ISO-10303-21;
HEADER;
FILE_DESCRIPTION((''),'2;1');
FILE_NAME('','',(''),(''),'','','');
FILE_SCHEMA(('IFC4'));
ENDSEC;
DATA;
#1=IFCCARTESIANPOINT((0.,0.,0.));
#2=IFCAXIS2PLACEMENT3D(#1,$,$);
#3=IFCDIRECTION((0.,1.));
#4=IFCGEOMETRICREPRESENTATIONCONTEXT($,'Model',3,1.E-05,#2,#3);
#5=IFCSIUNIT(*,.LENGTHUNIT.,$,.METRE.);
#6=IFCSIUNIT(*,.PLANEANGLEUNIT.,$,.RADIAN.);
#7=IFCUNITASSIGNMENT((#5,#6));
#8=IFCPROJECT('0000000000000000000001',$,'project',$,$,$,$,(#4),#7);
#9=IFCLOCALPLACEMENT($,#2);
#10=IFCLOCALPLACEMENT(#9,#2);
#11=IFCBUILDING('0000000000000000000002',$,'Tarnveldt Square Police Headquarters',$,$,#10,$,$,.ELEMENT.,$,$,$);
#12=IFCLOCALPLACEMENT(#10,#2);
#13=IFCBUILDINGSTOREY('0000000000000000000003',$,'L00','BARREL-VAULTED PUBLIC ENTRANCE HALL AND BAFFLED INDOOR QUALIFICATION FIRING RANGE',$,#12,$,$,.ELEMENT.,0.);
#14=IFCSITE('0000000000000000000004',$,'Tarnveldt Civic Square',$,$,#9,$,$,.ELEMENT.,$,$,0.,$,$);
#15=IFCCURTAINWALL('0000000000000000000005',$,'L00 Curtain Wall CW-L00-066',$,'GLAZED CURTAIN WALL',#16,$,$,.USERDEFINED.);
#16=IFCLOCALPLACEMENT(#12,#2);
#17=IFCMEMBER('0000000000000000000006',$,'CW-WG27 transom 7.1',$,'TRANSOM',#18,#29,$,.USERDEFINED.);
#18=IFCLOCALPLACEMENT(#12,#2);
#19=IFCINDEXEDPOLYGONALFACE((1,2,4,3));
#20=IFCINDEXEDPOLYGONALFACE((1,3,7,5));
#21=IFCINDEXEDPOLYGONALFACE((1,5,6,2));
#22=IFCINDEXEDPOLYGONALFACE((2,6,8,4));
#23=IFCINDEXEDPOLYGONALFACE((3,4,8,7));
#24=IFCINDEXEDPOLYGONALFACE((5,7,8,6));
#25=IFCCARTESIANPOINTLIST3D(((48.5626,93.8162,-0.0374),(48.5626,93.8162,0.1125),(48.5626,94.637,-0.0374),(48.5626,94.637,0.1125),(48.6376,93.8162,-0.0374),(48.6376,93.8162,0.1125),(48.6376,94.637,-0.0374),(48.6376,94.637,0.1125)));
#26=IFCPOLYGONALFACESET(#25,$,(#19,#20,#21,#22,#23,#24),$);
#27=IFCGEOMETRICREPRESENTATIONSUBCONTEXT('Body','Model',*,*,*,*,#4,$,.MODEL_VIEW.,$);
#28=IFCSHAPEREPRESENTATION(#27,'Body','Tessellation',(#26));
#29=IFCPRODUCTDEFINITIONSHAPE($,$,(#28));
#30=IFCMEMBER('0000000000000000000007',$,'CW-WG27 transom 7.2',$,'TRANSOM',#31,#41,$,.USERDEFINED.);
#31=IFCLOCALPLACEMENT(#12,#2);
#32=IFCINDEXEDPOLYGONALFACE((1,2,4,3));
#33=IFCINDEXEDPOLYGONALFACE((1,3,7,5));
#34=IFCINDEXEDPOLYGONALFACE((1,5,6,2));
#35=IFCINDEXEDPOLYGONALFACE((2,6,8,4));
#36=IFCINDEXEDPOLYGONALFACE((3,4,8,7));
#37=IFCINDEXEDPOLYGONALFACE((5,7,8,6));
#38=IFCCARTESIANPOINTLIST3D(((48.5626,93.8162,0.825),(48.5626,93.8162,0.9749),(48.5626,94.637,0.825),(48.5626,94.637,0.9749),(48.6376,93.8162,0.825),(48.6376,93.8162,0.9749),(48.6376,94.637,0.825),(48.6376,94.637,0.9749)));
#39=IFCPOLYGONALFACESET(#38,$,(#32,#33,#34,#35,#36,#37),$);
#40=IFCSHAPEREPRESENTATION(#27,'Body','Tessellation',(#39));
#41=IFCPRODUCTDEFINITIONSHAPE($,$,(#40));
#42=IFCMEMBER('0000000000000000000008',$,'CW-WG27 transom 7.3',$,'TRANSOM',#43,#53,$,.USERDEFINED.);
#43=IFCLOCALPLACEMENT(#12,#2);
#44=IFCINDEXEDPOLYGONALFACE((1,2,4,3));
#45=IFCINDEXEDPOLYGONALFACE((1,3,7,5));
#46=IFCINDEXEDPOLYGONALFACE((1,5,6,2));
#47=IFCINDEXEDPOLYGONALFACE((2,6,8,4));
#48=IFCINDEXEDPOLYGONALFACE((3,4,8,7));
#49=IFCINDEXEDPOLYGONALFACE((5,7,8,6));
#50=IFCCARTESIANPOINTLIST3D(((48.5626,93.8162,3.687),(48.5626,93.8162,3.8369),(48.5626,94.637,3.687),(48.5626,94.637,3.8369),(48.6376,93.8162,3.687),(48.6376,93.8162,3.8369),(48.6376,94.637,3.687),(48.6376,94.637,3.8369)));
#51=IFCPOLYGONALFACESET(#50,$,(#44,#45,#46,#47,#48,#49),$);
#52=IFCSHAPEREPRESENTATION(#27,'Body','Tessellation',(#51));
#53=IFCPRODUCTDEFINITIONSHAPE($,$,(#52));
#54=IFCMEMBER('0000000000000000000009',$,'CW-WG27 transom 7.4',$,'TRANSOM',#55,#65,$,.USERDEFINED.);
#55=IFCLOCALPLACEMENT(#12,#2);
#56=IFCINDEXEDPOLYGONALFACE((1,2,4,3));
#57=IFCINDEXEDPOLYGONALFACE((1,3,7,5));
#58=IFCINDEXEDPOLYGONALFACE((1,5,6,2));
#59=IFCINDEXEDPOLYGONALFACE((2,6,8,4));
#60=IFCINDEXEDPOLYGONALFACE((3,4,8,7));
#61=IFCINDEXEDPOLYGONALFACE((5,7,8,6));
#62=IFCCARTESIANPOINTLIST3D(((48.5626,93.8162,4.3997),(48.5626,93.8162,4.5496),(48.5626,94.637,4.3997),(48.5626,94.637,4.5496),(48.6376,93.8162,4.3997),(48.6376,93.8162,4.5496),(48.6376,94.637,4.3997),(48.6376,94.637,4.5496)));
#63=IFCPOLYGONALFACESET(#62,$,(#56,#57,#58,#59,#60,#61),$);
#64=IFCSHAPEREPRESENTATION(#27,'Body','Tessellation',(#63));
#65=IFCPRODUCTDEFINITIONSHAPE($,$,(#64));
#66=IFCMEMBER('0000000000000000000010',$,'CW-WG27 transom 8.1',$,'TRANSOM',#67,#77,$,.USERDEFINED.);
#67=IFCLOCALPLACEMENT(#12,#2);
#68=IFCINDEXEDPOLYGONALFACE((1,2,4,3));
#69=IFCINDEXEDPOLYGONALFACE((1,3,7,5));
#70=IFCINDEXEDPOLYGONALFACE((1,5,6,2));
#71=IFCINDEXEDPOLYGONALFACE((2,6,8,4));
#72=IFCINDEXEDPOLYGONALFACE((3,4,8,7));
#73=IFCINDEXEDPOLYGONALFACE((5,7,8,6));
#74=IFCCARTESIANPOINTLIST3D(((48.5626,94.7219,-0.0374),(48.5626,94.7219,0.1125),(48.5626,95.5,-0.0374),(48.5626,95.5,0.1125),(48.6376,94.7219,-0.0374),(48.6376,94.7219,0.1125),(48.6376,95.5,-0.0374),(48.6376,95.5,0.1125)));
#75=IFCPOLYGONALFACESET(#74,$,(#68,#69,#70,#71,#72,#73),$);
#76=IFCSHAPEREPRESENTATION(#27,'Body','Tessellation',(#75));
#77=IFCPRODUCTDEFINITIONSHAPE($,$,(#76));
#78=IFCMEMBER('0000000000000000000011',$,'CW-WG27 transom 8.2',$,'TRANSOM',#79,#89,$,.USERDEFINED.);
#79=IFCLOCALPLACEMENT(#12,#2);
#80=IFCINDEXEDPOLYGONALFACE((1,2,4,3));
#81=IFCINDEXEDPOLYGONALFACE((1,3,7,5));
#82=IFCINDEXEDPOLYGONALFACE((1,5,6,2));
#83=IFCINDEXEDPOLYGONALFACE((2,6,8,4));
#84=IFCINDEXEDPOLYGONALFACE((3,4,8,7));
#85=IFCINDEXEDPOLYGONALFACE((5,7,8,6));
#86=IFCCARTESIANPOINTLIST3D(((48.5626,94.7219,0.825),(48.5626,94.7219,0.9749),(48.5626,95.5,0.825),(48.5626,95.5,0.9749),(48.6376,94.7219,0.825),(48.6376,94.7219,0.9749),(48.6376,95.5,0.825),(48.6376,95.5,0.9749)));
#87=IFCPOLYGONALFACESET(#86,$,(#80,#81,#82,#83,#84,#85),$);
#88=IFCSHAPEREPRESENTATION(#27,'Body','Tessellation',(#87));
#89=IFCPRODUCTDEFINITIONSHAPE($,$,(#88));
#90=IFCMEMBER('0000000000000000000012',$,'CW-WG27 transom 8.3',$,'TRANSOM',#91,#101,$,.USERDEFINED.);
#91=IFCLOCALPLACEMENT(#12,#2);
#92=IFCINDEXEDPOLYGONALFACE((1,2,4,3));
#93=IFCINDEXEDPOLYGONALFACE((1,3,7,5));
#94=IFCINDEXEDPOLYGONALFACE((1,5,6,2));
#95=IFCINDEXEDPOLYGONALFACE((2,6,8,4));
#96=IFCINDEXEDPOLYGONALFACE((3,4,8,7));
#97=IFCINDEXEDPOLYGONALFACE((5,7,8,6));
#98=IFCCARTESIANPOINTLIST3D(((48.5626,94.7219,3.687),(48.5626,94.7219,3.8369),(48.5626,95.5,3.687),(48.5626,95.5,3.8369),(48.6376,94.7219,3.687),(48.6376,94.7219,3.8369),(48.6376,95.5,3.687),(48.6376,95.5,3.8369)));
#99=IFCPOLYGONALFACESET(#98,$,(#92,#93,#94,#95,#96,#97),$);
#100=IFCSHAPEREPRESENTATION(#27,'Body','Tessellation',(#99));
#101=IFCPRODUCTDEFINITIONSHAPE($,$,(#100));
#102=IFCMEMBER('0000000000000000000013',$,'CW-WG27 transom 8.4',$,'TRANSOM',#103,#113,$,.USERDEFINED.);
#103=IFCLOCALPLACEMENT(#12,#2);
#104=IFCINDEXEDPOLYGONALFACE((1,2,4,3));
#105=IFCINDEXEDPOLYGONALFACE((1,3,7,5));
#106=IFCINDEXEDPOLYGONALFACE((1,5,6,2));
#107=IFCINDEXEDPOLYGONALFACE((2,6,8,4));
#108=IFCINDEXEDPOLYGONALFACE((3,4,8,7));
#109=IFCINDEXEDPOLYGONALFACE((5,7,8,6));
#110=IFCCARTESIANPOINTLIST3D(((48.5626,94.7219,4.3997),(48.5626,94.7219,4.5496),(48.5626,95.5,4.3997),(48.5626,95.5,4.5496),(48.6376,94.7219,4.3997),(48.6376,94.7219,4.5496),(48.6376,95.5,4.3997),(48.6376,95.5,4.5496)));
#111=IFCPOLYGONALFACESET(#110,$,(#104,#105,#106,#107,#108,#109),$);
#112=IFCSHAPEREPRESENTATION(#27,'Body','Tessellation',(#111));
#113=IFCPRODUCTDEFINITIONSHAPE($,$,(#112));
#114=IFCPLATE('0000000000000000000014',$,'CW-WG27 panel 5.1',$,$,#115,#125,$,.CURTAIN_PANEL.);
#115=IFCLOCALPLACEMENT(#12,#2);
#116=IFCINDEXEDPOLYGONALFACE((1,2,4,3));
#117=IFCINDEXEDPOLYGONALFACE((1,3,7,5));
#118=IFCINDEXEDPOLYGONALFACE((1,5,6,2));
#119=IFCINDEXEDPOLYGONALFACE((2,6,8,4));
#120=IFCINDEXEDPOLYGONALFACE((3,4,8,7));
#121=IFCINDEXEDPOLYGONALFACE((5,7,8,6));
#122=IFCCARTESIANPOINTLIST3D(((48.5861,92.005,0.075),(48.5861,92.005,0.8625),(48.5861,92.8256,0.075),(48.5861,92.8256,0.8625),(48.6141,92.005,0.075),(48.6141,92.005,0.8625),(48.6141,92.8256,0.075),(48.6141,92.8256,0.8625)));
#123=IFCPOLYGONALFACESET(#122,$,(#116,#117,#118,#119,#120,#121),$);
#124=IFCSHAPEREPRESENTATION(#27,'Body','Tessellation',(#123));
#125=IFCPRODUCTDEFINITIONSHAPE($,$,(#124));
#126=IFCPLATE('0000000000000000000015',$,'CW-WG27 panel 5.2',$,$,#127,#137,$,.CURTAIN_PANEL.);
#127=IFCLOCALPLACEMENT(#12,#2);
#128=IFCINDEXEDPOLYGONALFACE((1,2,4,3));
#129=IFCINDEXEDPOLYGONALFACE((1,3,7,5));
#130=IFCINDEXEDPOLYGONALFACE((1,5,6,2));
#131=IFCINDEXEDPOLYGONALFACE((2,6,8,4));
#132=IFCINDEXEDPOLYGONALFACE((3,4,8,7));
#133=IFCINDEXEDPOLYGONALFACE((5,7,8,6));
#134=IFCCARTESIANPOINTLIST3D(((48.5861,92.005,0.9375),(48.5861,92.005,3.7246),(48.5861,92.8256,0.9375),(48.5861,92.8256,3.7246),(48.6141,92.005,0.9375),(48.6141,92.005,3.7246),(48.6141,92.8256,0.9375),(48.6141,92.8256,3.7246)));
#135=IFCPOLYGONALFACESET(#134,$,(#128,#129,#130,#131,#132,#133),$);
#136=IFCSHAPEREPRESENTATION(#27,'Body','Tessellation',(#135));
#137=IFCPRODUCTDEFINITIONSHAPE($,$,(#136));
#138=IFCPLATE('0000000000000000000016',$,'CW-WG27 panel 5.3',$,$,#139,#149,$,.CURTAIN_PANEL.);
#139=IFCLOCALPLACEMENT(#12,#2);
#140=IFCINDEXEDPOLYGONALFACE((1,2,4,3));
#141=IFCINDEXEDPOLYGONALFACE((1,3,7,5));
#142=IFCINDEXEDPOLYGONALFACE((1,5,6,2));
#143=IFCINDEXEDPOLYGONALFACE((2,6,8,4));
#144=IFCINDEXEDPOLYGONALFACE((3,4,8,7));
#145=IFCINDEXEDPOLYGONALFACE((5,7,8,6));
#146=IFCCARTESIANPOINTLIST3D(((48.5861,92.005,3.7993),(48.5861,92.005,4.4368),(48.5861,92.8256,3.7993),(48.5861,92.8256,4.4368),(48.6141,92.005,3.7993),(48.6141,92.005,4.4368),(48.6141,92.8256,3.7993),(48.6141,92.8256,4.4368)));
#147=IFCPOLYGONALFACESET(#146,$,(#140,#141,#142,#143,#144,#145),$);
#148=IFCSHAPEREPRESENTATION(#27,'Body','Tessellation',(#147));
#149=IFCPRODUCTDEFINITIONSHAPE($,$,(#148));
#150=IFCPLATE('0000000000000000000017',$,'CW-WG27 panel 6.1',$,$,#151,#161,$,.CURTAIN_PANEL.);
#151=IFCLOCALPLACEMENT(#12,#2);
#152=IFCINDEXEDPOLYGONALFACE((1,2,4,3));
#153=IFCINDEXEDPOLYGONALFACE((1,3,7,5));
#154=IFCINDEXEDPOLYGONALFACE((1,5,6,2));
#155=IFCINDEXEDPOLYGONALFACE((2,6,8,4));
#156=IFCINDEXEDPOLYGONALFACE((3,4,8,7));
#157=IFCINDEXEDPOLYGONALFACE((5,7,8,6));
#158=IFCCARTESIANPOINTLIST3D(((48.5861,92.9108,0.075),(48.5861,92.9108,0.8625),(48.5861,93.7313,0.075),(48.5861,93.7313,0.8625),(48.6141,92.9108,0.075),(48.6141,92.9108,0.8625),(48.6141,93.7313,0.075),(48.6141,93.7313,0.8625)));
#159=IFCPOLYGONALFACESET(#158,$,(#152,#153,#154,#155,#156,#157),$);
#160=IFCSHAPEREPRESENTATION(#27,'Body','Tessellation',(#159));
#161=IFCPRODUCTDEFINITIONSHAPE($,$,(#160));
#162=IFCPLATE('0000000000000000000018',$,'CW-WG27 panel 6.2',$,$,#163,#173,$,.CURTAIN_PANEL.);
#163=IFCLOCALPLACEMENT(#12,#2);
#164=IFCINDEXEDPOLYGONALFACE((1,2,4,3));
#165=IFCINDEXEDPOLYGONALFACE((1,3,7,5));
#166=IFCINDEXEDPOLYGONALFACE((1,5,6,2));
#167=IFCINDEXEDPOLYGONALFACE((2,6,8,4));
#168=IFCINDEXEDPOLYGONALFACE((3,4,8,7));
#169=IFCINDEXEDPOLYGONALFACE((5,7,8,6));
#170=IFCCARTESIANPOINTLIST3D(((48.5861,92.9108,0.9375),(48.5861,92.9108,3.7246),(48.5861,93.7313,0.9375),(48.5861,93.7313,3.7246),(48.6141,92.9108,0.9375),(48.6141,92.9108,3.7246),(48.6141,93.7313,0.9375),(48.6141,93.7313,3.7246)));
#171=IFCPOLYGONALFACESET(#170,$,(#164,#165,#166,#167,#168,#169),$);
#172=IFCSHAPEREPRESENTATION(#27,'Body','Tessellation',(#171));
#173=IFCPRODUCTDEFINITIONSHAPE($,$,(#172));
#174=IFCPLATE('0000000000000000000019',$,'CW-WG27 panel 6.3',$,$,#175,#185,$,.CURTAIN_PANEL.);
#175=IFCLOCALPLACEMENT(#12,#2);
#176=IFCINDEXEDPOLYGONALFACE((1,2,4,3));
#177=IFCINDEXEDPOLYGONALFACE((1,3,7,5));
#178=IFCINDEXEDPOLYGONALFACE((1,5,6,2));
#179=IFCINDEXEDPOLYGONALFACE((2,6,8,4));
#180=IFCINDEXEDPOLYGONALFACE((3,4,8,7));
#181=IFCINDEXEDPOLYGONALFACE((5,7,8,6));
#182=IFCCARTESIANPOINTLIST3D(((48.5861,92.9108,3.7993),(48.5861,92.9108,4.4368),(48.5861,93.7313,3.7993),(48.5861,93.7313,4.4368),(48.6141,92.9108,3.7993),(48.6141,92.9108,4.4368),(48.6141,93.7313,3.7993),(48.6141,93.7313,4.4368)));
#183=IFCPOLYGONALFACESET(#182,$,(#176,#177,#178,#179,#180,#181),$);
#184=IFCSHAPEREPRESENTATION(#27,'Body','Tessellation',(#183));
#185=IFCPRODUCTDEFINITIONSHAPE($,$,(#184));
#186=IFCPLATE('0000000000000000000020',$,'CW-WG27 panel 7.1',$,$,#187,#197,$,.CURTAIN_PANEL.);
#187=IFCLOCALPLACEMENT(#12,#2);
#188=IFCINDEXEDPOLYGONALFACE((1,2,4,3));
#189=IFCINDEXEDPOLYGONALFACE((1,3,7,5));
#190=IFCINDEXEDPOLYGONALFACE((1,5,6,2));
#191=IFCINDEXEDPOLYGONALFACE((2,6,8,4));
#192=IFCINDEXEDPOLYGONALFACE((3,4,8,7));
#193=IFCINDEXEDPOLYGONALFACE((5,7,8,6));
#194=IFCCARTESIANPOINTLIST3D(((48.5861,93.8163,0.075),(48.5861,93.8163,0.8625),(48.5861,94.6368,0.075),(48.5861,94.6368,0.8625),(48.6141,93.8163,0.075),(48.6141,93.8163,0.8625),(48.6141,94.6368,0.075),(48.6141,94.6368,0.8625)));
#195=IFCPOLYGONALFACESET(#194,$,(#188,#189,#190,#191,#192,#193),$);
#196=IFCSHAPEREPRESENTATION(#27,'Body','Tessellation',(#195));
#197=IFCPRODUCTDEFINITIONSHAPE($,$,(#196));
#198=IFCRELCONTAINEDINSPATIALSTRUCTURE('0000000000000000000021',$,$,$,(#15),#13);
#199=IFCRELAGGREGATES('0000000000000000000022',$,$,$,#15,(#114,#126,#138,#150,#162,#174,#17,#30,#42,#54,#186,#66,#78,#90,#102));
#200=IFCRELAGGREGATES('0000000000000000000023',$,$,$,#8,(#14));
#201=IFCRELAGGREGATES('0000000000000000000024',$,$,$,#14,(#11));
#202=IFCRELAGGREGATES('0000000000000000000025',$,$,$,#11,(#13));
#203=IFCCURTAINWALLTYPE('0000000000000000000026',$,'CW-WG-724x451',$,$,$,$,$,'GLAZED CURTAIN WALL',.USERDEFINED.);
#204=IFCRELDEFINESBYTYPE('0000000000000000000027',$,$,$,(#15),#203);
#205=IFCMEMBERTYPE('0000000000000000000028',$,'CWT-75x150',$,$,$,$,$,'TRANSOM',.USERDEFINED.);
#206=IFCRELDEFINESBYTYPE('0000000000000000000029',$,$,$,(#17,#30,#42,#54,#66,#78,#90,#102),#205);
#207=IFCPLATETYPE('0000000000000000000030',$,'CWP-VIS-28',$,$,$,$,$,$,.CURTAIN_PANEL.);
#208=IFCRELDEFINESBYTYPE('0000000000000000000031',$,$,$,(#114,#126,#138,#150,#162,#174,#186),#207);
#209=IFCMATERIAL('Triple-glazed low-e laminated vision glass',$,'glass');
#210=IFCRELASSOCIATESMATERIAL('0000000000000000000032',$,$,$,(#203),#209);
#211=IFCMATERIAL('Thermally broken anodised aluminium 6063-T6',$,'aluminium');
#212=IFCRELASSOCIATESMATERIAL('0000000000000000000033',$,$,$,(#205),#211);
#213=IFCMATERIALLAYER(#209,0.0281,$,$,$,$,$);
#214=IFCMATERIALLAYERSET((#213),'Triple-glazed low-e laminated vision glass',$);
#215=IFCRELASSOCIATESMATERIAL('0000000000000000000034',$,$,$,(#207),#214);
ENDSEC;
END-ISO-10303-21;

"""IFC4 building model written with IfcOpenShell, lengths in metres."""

from ifc_helpers import new_model, si_unit, direction, frame, origin, origin_2d, place, context, subcontext, project, spatial, rectangle, extrude, material, layer, layer_set, material_profile, profile_set, type_object, element, aggregate, save


model = new_model("IFC4")

# Units and contexts
model_context = context("Model", 3, precision=1e-05, world=origin(), true_north=direction((0.0, 1.0)))
body_context = subcontext(model_context, "Body", "Model", "MODEL_VIEW")
ifc_project = project(units=[si_unit("LENGTHUNIT", "METRE"), si_unit("PLANEANGLEUNIT", "RADIAN")], contexts=[model_context])

# Site, building, storey
site_placement = place(None, origin())
site = spatial("IfcSite", under=ifc_project, at=site_placement, Name="Tarnveldt Civic Square", CompositionType="ELEMENT", RefElevation=0.0)
building_placement = place(site_placement, origin())
building = spatial("IfcBuilding", under=site, at=building_placement, Name="Tarnveldt Square Police Headquarters", CompositionType="ELEMENT")
storey_placement = place(building_placement, origin())
storey = spatial("IfcBuildingStorey", under=building, at=storey_placement, Name="L00", Description="BARREL-VAULTED PUBLIC ENTRANCE HALL AND BAFFLED INDOOR QUALIFICATION FIRING RANGE", CompositionType="ELEMENT", Elevation=0.0)

# Shared definitions
ifc_material_1 = material(Name="Triple-glazed low-e laminated vision glass", Category="glass")
ifc_material_2 = material(Name="Thermally broken anodised aluminium 6063-T6", Category="aluminium")

# Curtain wall
curtain_wall_type_1 = type_object("IfcCurtainWallType", Name="CW-WG-724x451", ElementType="GLAZED CURTAIN WALL", PredefinedType="USERDEFINED", material=ifc_material_1)
curtain_wall_1_placement = place(storey_placement, origin())
curtain_wall_1 = element("IfcCurtainWall", 1, at=curtain_wall_1_placement, inside=storey, type_object=curtain_wall_type_1, Name="L00 Curtain Wall CW-L00-066", ObjectType="GLAZED CURTAIN WALL", PredefinedType="USERDEFINED")

# Members
ifc_material_profile_1 = material_profile(ifc_material_2, rectangle(XDim=0.075, YDim=0.1499, at=origin_2d()), Name="CW-T75x150")
ifc_profile_set_1 = profile_set([ifc_material_profile_1], Name="Thermally broken anodised aluminium 6063-T6")
member_type_1 = type_object("IfcMemberType", Name="CWT-75x150", ElementType="TRANSOM", PredefinedType="USERDEFINED", material=ifc_profile_set_1)
member_1_placement = place(storey_placement, frame((48.6001, 93.8162, 0.0376), z_axis=(0.0, 1.0, 0.0), x_axis=(-1.0, 0.0, 0.0)))
member_1 = element("IfcMember", 2, at=member_1_placement, type_object=member_type_1, Name="CW-WG27 transom 7.1", ObjectType="TRANSOM", PredefinedType="USERDEFINED", context=body_context, shape_type="SweptSolid", body=[
    extrude(rectangle(XDim=0.075, YDim=0.1499, at=origin_2d()), origin(), (0.0, 0.0, 1.0), 0.8208),
])
member_2_placement = place(storey_placement, frame((48.6001, 93.8162, 0.8999), z_axis=(0.0, 1.0, 0.0), x_axis=(-1.0, 0.0, 0.0)))
member_2 = element("IfcMember", 3, at=member_2_placement, type_object=member_type_1, Name="CW-WG27 transom 7.2", ObjectType="TRANSOM", PredefinedType="USERDEFINED", context=body_context, shape_type="SweptSolid", body=[
    extrude(rectangle(XDim=0.075, YDim=0.1499, at=origin_2d()), origin(), (0.0, 0.0, 1.0), 0.8208),
])
member_3_placement = place(storey_placement, frame((48.6001, 93.8162, 3.762), z_axis=(0.0, 1.0, 0.0), x_axis=(-1.0, 0.0, 0.0)))
member_3 = element("IfcMember", 4, at=member_3_placement, type_object=member_type_1, Name="CW-WG27 transom 7.3", ObjectType="TRANSOM", PredefinedType="USERDEFINED", context=body_context, shape_type="SweptSolid", body=[
    extrude(rectangle(XDim=0.075, YDim=0.1499, at=origin_2d()), origin(), (0.0, 0.0, 1.0), 0.8208),
])
member_4_placement = place(storey_placement, frame((48.6001, 93.8162, 4.4746), z_axis=(0.0, 1.0, 0.0), x_axis=(-1.0, 0.0, 0.0)))
member_4 = element("IfcMember", 5, at=member_4_placement, type_object=member_type_1, Name="CW-WG27 transom 7.4", ObjectType="TRANSOM", PredefinedType="USERDEFINED", context=body_context, shape_type="SweptSolid", body=[
    extrude(rectangle(XDim=0.075, YDim=0.1499, at=origin_2d()), origin(), (0.0, 0.0, 1.0), 0.8208),
])
member_5_placement = place(storey_placement, frame((48.6001, 94.7219, 0.0376), z_axis=(0.0, 1.0, 0.0), x_axis=(-1.0, 0.0, 0.0)))
member_5 = element("IfcMember", 6, at=member_5_placement, type_object=member_type_1, Name="CW-WG27 transom 8.1", ObjectType="TRANSOM", PredefinedType="USERDEFINED", context=body_context, shape_type="SweptSolid", body=[
    extrude(rectangle(XDim=0.075, YDim=0.1499, at=origin_2d()), origin(), (0.0, 0.0, 1.0), 0.7781),
])
member_6_placement = place(storey_placement, frame((48.6001, 94.7219, 0.8999), z_axis=(0.0, 1.0, 0.0), x_axis=(-1.0, 0.0, 0.0)))
member_6 = element("IfcMember", 7, at=member_6_placement, type_object=member_type_1, Name="CW-WG27 transom 8.2", ObjectType="TRANSOM", PredefinedType="USERDEFINED", context=body_context, shape_type="SweptSolid", body=[
    extrude(rectangle(XDim=0.075, YDim=0.1499, at=origin_2d()), origin(), (0.0, 0.0, 1.0), 0.7781),
])
member_7_placement = place(storey_placement, frame((48.6001, 94.7219, 3.762), z_axis=(0.0, 1.0, 0.0), x_axis=(-1.0, 0.0, 0.0)))
member_7 = element("IfcMember", 8, at=member_7_placement, type_object=member_type_1, Name="CW-WG27 transom 8.3", ObjectType="TRANSOM", PredefinedType="USERDEFINED", context=body_context, shape_type="SweptSolid", body=[
    extrude(rectangle(XDim=0.075, YDim=0.1499, at=origin_2d()), origin(), (0.0, 0.0, 1.0), 0.7781),
])
member_8_placement = place(storey_placement, frame((48.6001, 94.7219, 4.4746), z_axis=(0.0, 1.0, 0.0), x_axis=(-1.0, 0.0, 0.0)))
member_8 = element("IfcMember", 9, at=member_8_placement, type_object=member_type_1, Name="CW-WG27 transom 8.4", ObjectType="TRANSOM", PredefinedType="USERDEFINED", context=body_context, shape_type="SweptSolid", body=[
    extrude(rectangle(XDim=0.075, YDim=0.1499, at=origin_2d()), origin(), (0.0, 0.0, 1.0), 0.7781),
])

# Plates
ifc_layer = layer(ifc_material_1, 0.0281)
ifc_layer_set = layer_set([ifc_layer], Name="Triple-glazed low-e laminated vision glass")
plate_type = type_object("IfcPlateType", Name="CWP-VIS-28", PredefinedType="CURTAIN_PANEL", material=ifc_layer_set)
plate_1_placement = place(storey_placement, frame((48.6001, 92.4153, 0.075), z_axis=(0.0, 0.0, 1.0), x_axis=(0.0, 1.0, 0.0)))
plate_1 = element("IfcPlate", 10, at=plate_1_placement, type_object=plate_type, Name="CW-WG27 panel 5.1", PredefinedType="CURTAIN_PANEL", context=body_context, shape_type="SweptSolid", body=[
    extrude(rectangle(XDim=0.8206, YDim=0.0281, at=origin_2d()), origin(), (0.0, 0.0, 1.0), 0.7876),
])
plate_2_placement = place(storey_placement, frame((48.6001, 92.4153, 0.9375), z_axis=(0.0, 0.0, 1.0), x_axis=(0.0, 1.0, 0.0)))
plate_2 = element("IfcPlate", 11, at=plate_2_placement, type_object=plate_type, Name="CW-WG27 panel 5.2", PredefinedType="CURTAIN_PANEL", context=body_context, shape_type="SweptSolid", body=[
    extrude(rectangle(XDim=0.8206, YDim=0.0281, at=origin_2d()), origin(), (0.0, 0.0, 1.0), 2.7871),
])
plate_3_placement = place(storey_placement, frame((48.6001, 92.4153, 3.7993), z_axis=(0.0, 0.0, 1.0), x_axis=(0.0, 1.0, 0.0)))
plate_3 = element("IfcPlate", 12, at=plate_3_placement, type_object=plate_type, Name="CW-WG27 panel 5.3", PredefinedType="CURTAIN_PANEL", context=body_context, shape_type="SweptSolid", body=[
    extrude(rectangle(XDim=0.8206, YDim=0.0281, at=origin_2d()), origin(), (0.0, 0.0, 1.0), 0.6375),
])
plate_4_placement = place(storey_placement, frame((48.6001, 93.321, 0.075), z_axis=(0.0, 0.0, 1.0), x_axis=(0.0, 1.0, 0.0)))
plate_4 = element("IfcPlate", 13, at=plate_4_placement, type_object=plate_type, Name="CW-WG27 panel 6.1", PredefinedType="CURTAIN_PANEL", context=body_context, shape_type="SweptSolid", body=[
    extrude(rectangle(XDim=0.8206, YDim=0.0281, at=origin_2d()), origin(), (0.0, 0.0, 1.0), 0.7876),
])
plate_5_placement = place(storey_placement, frame((48.6001, 93.321, 0.9375), z_axis=(0.0, 0.0, 1.0), x_axis=(0.0, 1.0, 0.0)))
plate_5 = element("IfcPlate", 14, at=plate_5_placement, type_object=plate_type, Name="CW-WG27 panel 6.2", PredefinedType="CURTAIN_PANEL", context=body_context, shape_type="SweptSolid", body=[
    extrude(rectangle(XDim=0.8206, YDim=0.0281, at=origin_2d()), origin(), (0.0, 0.0, 1.0), 2.7871),
])
plate_6_placement = place(storey_placement, frame((48.6001, 93.321, 3.7993), z_axis=(0.0, 0.0, 1.0), x_axis=(0.0, 1.0, 0.0)))
plate_6 = element("IfcPlate", 15, at=plate_6_placement, type_object=plate_type, Name="CW-WG27 panel 6.3", PredefinedType="CURTAIN_PANEL", context=body_context, shape_type="SweptSolid", body=[
    extrude(rectangle(XDim=0.8206, YDim=0.0281, at=origin_2d()), origin(), (0.0, 0.0, 1.0), 0.6375),
])
plate_7_placement = place(storey_placement, frame((48.6001, 94.2266, 0.075), z_axis=(0.0, 0.0, 1.0), x_axis=(0.0, 1.0, 0.0)))
plate_7 = element("IfcPlate", 16, at=plate_7_placement, type_object=plate_type, Name="CW-WG27 panel 7.1", PredefinedType="CURTAIN_PANEL", context=body_context, shape_type="SweptSolid", body=[
    extrude(rectangle(XDim=0.8206, YDim=0.0281, at=origin_2d()), origin(), (0.0, 0.0, 1.0), 0.7876),
])
aggregate(curtain_wall_1, [plate_1, plate_2, plate_3, plate_4, plate_5, plate_6, member_1, member_2, member_3, member_4, plate_7, member_5, member_6, member_7, member_8])

save(model, "model.ifc")
